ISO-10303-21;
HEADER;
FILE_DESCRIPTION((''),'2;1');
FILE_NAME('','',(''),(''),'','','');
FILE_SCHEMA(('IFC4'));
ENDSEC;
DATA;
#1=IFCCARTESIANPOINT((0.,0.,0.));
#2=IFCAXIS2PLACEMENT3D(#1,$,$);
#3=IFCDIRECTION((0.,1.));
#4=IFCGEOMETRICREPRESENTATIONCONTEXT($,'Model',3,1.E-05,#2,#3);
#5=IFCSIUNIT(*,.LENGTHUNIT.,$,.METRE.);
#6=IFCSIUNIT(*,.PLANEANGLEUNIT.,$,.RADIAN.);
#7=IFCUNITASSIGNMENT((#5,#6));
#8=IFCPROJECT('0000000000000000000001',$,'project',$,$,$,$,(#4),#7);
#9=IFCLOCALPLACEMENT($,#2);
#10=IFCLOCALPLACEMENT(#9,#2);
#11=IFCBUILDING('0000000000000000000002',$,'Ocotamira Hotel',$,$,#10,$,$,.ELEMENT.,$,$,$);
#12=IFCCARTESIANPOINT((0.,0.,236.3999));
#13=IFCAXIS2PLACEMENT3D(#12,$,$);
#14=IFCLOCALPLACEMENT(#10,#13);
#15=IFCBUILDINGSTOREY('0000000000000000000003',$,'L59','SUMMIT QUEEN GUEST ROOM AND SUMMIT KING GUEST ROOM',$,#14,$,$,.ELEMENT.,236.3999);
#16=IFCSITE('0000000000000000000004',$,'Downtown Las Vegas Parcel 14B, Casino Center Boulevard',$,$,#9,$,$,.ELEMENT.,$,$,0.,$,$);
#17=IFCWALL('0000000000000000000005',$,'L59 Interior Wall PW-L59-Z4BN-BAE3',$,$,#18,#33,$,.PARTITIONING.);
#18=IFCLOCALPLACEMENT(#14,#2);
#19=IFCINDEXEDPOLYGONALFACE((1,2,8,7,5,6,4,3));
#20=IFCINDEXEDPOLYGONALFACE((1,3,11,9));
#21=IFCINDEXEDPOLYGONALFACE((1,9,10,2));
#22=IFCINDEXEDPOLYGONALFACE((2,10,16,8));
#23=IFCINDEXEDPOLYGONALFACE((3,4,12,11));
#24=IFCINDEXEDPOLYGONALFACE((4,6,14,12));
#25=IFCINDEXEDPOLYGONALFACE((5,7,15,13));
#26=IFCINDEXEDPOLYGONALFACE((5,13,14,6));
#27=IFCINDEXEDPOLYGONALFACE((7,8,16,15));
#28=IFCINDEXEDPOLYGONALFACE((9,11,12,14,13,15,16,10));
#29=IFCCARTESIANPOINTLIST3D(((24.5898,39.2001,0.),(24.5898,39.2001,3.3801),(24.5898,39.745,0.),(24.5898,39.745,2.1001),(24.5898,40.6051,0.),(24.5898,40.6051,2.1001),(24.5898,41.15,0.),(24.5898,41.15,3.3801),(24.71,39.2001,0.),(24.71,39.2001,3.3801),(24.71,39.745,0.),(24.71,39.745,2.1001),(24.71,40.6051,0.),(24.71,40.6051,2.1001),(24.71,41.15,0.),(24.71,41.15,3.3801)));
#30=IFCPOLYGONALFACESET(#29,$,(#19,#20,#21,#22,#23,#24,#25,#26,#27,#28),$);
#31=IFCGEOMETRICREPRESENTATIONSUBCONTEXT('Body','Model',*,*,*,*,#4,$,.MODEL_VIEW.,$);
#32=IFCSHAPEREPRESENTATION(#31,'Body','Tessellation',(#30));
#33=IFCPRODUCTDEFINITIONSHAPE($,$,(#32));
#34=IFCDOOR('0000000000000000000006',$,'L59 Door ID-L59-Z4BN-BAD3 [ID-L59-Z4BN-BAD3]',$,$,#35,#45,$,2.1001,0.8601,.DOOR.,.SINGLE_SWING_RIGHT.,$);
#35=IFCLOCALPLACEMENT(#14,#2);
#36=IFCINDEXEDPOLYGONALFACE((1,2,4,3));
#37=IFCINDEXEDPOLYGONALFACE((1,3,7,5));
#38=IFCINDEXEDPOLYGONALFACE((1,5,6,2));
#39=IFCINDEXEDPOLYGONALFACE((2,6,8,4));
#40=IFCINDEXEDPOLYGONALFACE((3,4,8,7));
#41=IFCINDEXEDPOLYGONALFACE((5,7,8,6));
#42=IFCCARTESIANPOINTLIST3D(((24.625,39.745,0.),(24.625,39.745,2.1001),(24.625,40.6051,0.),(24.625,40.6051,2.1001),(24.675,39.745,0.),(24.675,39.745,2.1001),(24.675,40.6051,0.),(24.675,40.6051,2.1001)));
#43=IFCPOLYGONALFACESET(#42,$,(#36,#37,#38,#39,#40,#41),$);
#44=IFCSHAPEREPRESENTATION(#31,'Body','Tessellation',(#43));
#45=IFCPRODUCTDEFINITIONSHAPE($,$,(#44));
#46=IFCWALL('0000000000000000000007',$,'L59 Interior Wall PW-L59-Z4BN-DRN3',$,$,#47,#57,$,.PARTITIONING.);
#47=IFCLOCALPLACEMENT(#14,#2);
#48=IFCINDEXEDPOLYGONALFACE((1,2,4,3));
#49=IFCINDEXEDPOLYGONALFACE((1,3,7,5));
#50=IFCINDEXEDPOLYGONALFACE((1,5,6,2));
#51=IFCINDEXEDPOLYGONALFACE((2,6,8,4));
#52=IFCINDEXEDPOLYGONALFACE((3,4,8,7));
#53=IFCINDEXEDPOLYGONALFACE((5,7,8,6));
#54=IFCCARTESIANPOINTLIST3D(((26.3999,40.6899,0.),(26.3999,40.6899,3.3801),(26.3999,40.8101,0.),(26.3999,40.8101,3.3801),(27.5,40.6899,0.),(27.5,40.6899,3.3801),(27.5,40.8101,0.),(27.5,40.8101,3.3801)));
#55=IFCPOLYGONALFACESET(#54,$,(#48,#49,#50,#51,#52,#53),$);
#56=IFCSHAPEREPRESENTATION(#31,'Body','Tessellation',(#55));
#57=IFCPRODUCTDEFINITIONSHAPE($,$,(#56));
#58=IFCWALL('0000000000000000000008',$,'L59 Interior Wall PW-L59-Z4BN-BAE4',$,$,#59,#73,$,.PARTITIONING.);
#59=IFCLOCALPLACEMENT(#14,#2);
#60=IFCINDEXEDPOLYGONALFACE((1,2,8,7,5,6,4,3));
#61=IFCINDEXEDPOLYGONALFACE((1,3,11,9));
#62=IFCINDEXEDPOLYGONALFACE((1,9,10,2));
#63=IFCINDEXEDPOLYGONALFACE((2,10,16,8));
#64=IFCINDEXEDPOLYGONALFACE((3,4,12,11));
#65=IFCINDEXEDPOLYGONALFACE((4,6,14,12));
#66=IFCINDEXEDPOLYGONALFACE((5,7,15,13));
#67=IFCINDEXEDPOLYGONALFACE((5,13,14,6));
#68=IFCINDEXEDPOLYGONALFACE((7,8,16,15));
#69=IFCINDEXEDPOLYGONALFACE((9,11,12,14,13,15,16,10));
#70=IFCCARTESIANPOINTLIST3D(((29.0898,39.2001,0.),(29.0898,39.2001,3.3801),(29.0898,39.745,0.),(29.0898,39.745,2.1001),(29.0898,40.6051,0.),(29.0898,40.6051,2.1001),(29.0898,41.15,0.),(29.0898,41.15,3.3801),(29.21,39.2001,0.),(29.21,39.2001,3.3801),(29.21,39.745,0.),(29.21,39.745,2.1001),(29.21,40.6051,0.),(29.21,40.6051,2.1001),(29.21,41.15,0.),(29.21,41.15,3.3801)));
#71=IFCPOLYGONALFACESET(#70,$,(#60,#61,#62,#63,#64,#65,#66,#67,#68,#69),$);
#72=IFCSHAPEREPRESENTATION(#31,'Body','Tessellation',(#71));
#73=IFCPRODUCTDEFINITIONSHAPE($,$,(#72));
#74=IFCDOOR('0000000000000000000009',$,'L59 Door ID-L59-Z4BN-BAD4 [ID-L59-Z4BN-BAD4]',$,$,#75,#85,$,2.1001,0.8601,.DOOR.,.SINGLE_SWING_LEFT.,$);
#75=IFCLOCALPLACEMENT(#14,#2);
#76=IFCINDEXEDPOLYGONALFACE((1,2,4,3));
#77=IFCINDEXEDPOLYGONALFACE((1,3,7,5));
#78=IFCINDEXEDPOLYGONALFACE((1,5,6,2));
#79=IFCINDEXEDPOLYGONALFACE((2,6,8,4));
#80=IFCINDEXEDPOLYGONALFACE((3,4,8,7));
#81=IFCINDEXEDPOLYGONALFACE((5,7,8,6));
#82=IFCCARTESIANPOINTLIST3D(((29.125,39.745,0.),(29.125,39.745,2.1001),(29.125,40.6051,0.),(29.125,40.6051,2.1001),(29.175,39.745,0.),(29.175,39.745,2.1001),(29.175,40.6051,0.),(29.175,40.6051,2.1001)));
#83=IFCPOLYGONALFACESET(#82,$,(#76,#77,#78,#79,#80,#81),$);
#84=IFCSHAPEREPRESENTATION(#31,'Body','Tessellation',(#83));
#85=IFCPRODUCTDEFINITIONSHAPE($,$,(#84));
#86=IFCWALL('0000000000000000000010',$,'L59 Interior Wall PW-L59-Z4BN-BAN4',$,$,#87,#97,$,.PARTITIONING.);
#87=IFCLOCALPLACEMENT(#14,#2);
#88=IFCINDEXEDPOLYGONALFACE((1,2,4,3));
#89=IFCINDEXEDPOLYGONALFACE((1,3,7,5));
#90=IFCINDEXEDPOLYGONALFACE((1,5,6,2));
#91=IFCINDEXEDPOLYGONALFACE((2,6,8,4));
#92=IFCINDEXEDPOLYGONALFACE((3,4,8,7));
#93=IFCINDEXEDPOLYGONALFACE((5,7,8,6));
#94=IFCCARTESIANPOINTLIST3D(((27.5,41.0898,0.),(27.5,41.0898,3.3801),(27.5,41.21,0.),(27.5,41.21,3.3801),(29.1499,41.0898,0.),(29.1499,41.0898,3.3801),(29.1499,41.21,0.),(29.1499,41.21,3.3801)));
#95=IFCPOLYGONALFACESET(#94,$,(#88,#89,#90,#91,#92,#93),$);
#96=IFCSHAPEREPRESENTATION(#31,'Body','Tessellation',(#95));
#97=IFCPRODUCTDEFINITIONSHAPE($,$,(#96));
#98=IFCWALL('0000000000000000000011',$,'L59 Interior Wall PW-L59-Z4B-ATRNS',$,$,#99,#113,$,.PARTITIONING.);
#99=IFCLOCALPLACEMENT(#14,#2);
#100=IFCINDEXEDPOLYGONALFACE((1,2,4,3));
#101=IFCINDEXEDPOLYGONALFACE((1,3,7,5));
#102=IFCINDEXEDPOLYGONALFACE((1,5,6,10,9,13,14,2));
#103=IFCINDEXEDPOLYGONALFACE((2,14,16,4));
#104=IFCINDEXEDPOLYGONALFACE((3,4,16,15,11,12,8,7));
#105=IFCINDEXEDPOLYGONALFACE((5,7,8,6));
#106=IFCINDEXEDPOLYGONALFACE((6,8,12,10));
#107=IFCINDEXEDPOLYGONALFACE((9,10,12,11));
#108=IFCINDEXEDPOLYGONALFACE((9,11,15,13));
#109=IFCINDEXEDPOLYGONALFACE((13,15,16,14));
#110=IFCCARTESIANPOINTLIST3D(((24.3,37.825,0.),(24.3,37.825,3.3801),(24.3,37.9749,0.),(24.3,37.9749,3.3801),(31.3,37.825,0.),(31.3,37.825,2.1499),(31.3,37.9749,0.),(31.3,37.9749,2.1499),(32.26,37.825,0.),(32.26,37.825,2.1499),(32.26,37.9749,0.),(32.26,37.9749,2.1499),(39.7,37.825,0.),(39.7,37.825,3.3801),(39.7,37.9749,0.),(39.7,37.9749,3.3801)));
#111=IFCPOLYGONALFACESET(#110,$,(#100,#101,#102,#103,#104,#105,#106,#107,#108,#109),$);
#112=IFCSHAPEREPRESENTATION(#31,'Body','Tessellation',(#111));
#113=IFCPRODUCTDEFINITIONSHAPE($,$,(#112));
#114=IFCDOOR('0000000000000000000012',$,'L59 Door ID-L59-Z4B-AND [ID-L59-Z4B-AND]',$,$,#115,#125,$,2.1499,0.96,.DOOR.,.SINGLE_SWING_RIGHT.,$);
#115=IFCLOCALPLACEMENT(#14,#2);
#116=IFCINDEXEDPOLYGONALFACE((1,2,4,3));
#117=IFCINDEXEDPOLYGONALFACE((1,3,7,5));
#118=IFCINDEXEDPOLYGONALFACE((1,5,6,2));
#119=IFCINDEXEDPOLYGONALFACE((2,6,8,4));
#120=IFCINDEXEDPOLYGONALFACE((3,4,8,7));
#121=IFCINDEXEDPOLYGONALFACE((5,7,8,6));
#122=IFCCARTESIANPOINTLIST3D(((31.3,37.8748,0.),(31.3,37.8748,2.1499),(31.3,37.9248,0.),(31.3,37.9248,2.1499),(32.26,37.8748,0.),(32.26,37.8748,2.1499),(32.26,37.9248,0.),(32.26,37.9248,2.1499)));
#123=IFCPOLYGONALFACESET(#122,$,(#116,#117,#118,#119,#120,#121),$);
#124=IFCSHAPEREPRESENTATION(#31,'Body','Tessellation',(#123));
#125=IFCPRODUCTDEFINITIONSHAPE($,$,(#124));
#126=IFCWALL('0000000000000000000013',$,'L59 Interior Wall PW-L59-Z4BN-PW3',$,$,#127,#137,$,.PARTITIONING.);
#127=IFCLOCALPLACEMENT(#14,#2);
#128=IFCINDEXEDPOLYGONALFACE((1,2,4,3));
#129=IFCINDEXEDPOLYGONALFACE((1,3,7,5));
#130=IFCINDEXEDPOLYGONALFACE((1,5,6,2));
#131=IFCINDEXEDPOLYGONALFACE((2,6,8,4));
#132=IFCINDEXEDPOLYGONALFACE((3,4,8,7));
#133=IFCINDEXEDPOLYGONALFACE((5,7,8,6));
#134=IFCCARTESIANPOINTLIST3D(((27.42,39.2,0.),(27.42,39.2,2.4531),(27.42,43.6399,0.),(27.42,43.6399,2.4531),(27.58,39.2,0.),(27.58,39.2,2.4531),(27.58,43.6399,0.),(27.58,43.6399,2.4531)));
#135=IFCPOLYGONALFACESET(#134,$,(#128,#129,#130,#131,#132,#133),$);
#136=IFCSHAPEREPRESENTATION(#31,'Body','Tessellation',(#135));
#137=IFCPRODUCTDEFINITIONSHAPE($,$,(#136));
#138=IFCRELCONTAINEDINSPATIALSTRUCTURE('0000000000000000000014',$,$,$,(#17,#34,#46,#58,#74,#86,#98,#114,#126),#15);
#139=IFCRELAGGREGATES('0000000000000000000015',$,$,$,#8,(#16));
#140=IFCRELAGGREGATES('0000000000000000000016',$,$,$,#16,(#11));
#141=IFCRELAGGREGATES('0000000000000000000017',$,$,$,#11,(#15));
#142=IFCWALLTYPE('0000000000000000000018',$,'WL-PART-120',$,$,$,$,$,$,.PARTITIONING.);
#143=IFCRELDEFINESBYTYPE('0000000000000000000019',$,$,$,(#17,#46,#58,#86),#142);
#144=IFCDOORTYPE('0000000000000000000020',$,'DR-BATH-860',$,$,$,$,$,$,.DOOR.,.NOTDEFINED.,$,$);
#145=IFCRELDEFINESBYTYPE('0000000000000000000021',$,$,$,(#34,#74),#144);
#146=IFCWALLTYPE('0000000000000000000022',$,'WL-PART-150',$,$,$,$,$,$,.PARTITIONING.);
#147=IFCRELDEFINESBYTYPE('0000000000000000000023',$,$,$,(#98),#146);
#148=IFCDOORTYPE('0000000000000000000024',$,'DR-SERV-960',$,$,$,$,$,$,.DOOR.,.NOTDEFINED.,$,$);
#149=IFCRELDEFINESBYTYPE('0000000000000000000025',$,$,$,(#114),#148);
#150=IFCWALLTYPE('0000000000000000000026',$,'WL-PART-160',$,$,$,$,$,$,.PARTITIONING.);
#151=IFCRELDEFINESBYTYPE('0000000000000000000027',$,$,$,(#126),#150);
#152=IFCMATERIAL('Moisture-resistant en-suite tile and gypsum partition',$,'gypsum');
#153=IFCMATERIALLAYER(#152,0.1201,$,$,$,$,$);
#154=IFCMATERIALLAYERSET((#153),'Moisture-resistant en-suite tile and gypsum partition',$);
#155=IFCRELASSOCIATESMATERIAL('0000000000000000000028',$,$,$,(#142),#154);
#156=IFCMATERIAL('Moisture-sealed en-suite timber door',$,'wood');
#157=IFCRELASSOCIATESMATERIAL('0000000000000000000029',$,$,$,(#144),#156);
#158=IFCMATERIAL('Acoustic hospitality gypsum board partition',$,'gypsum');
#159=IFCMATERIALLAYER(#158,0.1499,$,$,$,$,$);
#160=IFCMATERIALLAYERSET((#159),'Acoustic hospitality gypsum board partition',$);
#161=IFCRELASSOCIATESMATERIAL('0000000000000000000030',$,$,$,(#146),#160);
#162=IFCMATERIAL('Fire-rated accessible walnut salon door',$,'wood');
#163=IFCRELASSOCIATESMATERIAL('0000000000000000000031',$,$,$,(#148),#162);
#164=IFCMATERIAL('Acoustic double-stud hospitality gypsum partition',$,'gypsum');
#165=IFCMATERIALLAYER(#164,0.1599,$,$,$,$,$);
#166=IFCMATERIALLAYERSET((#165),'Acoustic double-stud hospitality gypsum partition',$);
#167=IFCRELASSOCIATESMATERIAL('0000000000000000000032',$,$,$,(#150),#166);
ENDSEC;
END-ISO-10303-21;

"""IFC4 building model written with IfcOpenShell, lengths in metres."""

from ifc_helpers import new_model, si_unit, direction, frame, frame_2d, origin, place, context, subcontext, project, spatial, rectangle, extrude, source, transform, mapped, material, layer, layer_set, type_object, element, fill, save


model = new_model("IFC4")

# Units and contexts
model_context = context("Model", 3, precision=1e-05, world=origin(), true_north=direction((0.0, 1.0)))
body_context = subcontext(model_context, "Body", "Model", "MODEL_VIEW")
ifc_project = project(units=[si_unit("LENGTHUNIT", "METRE"), si_unit("PLANEANGLEUNIT", "RADIAN")], contexts=[model_context])

# Site, building, storey
site_placement = place(None, origin())
site = spatial("IfcSite", under=ifc_project, at=site_placement, Name="Downtown Las Vegas Parcel 14B, Casino Center Boulevard", CompositionType="ELEMENT", RefElevation=0.0)
building_placement = place(site_placement, origin())
building = spatial("IfcBuilding", under=site, at=building_placement, Name="Ocotamira Hotel", CompositionType="ELEMENT")
storey_placement = place(building_placement, frame((0.0, 0.0, 236.3999)))
storey = spatial("IfcBuildingStorey", under=building, at=storey_placement, Name="L59", Description="SUMMIT QUEEN GUEST ROOM AND SUMMIT KING GUEST ROOM", CompositionType="ELEMENT", Elevation=236.3999)

# Wall, opening, door
ifc_material_1 = material(Name="Moisture-resistant en-suite tile and gypsum partition", Category="gypsum")
ifc_layer_1 = layer(ifc_material_1, 0.1201)
ifc_layer_set_1 = layer_set([ifc_layer_1], Name="Moisture-resistant en-suite tile and gypsum partition")
wall_type_1 = type_object("IfcWallType", Name="WL-PART-120", PredefinedType="PARTITIONING", material=ifc_layer_set_1)
wall_1_placement = place(storey_placement, frame((24.6499, 39.2, 0.0), z_axis=(0.0, 0.0, 1.0), x_axis=(0.0, 1.0, 0.0)))
wall_1 = element("IfcWall", 1, at=wall_1_placement, inside=storey, type_object=wall_type_1, Name="L59 Interior Wall PW-L59-Z4BN-BAE3", PredefinedType="PARTITIONING", context=body_context, shape_type="SweptSolid", body=[
    extrude(rectangle(XDim=1.95, YDim=0.1201, at=frame_2d((0.9751, 0.0))), origin(), (0.0, 0.0, 1.0), 3.3801),
])
opening_1_placement = place(wall_1_placement, frame((0.5449, 0.0, 0.0)))
opening_1 = element("IfcOpeningElement", 2, at=opening_1_placement, cuts=wall_1, PredefinedType="OPENING", context=body_context, shape_type="SweptSolid", body=[
    extrude(rectangle(XDim=0.8601, YDim=2.1001, at=frame_2d((0.4302, 1.05))), frame((0.0, 0.0701, 0.0), z_axis=(0.0, -1.0, 0.0), x_axis=(1.0, 0.0, 0.0)), (0.0, 0.0, 1.0), 0.1401),
])
ifc_material_2 = material(Name="Moisture-sealed en-suite timber door", Category="wood")
door_type_1 = type_object("IfcDoorType", Name="DR-BATH-860", OperationType="NOTDEFINED", PredefinedType="DOOR", material=ifc_material_2)
shared_shape_1 = source(origin(), body_context, "Body", "SweptSolid", [
    extrude(rectangle(XDim=0.8601, YDim=2.1001, at=frame_2d((0.4302, 1.05))), frame((0.0, 0.0249, 0.0), z_axis=(0.0, -1.0, 0.0), x_axis=(1.0, 0.0, 0.0)), (0.0, 0.0, 1.0), 0.05),
])
door_1_placement = place(opening_1_placement, origin())
door_1 = element("IfcDoor", 3, at=door_1_placement, inside=storey, type_object=door_type_1, Name="L59 Door ID-L59-Z4BN-BAD3 [ID-L59-Z4BN-BAD3]", OperationType="SINGLE_SWING_RIGHT", OverallHeight=2.1001, OverallWidth=0.8601, PredefinedType="DOOR", context=body_context, shape_type="MappedRepresentation", body=[
    mapped(shared_shape_1, transform((0.0, 0.0, 0.0), scale=1.0)),
])
fill(opening_1, door_1)

# Wall
wall_2_placement = place(storey_placement, frame((26.3999, 40.75, 0.0), z_axis=(0.0, 0.0, 1.0), x_axis=(1.0, 0.0, 0.0)))
element("IfcWall", 4, at=wall_2_placement, inside=storey, type_object=wall_type_1, Name="L59 Interior Wall PW-L59-Z4BN-DRN3", PredefinedType="PARTITIONING", context=body_context, shape_type="SweptSolid", body=[
    extrude(rectangle(XDim=1.1001, YDim=0.1201, at=frame_2d((0.55, 0.0))), origin(), (0.0, 0.0, 1.0), 3.3801),
])

# Wall, opening, door
wall_3_placement = place(storey_placement, frame((29.1499, 39.2, 0.0), z_axis=(0.0, 0.0, 1.0), x_axis=(0.0, 1.0, 0.0)))
wall_3 = element("IfcWall", 5, at=wall_3_placement, inside=storey, type_object=wall_type_1, Name="L59 Interior Wall PW-L59-Z4BN-BAE4", PredefinedType="PARTITIONING", context=body_context, shape_type="SweptSolid", body=[
    extrude(rectangle(XDim=1.95, YDim=0.1201, at=frame_2d((0.9751, 0.0))), origin(), (0.0, 0.0, 1.0), 3.3801),
])
opening_2_placement = place(wall_3_placement, frame((0.5449, 0.0, 0.0)))
opening_2 = element("IfcOpeningElement", 6, at=opening_2_placement, cuts=wall_3, PredefinedType="OPENING", context=body_context, shape_type="SweptSolid", body=[
    extrude(rectangle(XDim=0.8601, YDim=2.1001, at=frame_2d((0.4302, 1.05))), frame((0.0, 0.0701, 0.0), z_axis=(0.0, -1.0, 0.0), x_axis=(1.0, 0.0, 0.0)), (0.0, 0.0, 1.0), 0.1401),
])
door_2_placement = place(opening_2_placement, origin())
door_2 = element("IfcDoor", 7, at=door_2_placement, inside=storey, type_object=door_type_1, Name="L59 Door ID-L59-Z4BN-BAD4 [ID-L59-Z4BN-BAD4]", OperationType="SINGLE_SWING_LEFT", OverallHeight=2.1001, OverallWidth=0.8601, PredefinedType="DOOR", context=body_context, shape_type="MappedRepresentation", body=[
    mapped(shared_shape_1, transform((0.0, 0.0, 0.0), scale=1.0)),
])
fill(opening_2, door_2)

# Wall
wall_4_placement = place(storey_placement, frame((27.5, 41.1499, 0.0), z_axis=(0.0, 0.0, 1.0), x_axis=(1.0, 0.0, 0.0)))
element("IfcWall", 8, at=wall_4_placement, inside=storey, type_object=wall_type_1, Name="L59 Interior Wall PW-L59-Z4BN-BAN4", PredefinedType="PARTITIONING", context=body_context, shape_type="SweptSolid", body=[
    extrude(rectangle(XDim=1.6499, YDim=0.1201, at=frame_2d((0.825, 0.0))), origin(), (0.0, 0.0, 1.0), 3.3801),
])

# Wall, opening, door
ifc_material_3 = material(Name="Acoustic hospitality gypsum board partition", Category="gypsum")
ifc_layer_2 = layer(ifc_material_3, 0.1499)
ifc_layer_set_2 = layer_set([ifc_layer_2], Name="Acoustic hospitality gypsum board partition")
wall_type_2 = type_object("IfcWallType", Name="WL-PART-150", PredefinedType="PARTITIONING", material=ifc_layer_set_2)
wall_5_placement = place(storey_placement, frame((24.3, 37.8999, 0.0), z_axis=(0.0, 0.0, 1.0), x_axis=(1.0, 0.0, 0.0)))
wall_5 = element("IfcWall", 9, at=wall_5_placement, inside=storey, type_object=wall_type_2, Name="L59 Interior Wall PW-L59-Z4B-ATRNS", PredefinedType="PARTITIONING", context=body_context, shape_type="SweptSolid", body=[
    extrude(rectangle(XDim=15.3999, YDim=0.1499, at=frame_2d((7.7, 0.0))), origin(), (0.0, 0.0, 1.0), 3.3801),
])
opening_3_placement = place(wall_5_placement, frame((7.0, 0.0, 0.0)))
opening_3 = element("IfcOpeningElement", 10, at=opening_3_placement, cuts=wall_5, PredefinedType="OPENING", context=body_context, shape_type="SweptSolid", body=[
    extrude(rectangle(XDim=0.96, YDim=2.1499, at=frame_2d((0.48, 1.075))), frame((0.0, 0.085, 0.0), z_axis=(0.0, -1.0, 0.0), x_axis=(1.0, 0.0, 0.0)), (0.0, 0.0, 1.0), 0.1699),
])
ifc_material_4 = material(Name="Fire-rated accessible walnut salon door", Category="wood")
door_type_2 = type_object("IfcDoorType", Name="DR-SERV-960", OperationType="NOTDEFINED", PredefinedType="DOOR", material=ifc_material_4)
shared_shape_2 = source(origin(), body_context, "Body", "SweptSolid", [
    extrude(rectangle(XDim=0.96, YDim=2.1499, at=frame_2d((0.48, 1.075))), frame((0.0, 0.0249, 0.0), z_axis=(0.0, -1.0, 0.0), x_axis=(1.0, 0.0, 0.0)), (0.0, 0.0, 1.0), 0.05),
])
door_3_placement = place(opening_3_placement, origin())
door_3 = element("IfcDoor", 11, at=door_3_placement, inside=storey, type_object=door_type_2, Name="L59 Door ID-L59-Z4B-AND [ID-L59-Z4B-AND]", OperationType="SINGLE_SWING_RIGHT", OverallHeight=2.1499, OverallWidth=0.96, PredefinedType="DOOR", context=body_context, shape_type="MappedRepresentation", body=[
    mapped(shared_shape_2, transform((0.0, 0.0, 0.0), scale=1.0)),
])
fill(opening_3, door_3)

# Wall
ifc_material_5 = material(Name="Acoustic double-stud hospitality gypsum partition", Category="gypsum")
ifc_layer_3 = layer(ifc_material_5, 0.1599)
ifc_layer_set_3 = layer_set([ifc_layer_3], Name="Acoustic double-stud hospitality gypsum partition")
wall_type_3 = type_object("IfcWallType", Name="WL-PART-160", PredefinedType="PARTITIONING", material=ifc_layer_set_3)
wall_6_placement = place(storey_placement, frame((27.5, 39.2, 0.0), z_axis=(0.0, 0.0, 1.0), x_axis=(0.0, 1.0, 0.0)))
element("IfcWall", 12, at=wall_6_placement, inside=storey, type_object=wall_type_3, Name="L59 Interior Wall PW-L59-Z4BN-PW3", PredefinedType="PARTITIONING", context=body_context, shape_type="SweptSolid", body=[
    extrude(rectangle(XDim=4.4399, YDim=0.1599, at=frame_2d((2.22, 0.0))), origin(), (0.0, 0.0, 1.0), 2.4531),
])

save(model, "model.ifc")
